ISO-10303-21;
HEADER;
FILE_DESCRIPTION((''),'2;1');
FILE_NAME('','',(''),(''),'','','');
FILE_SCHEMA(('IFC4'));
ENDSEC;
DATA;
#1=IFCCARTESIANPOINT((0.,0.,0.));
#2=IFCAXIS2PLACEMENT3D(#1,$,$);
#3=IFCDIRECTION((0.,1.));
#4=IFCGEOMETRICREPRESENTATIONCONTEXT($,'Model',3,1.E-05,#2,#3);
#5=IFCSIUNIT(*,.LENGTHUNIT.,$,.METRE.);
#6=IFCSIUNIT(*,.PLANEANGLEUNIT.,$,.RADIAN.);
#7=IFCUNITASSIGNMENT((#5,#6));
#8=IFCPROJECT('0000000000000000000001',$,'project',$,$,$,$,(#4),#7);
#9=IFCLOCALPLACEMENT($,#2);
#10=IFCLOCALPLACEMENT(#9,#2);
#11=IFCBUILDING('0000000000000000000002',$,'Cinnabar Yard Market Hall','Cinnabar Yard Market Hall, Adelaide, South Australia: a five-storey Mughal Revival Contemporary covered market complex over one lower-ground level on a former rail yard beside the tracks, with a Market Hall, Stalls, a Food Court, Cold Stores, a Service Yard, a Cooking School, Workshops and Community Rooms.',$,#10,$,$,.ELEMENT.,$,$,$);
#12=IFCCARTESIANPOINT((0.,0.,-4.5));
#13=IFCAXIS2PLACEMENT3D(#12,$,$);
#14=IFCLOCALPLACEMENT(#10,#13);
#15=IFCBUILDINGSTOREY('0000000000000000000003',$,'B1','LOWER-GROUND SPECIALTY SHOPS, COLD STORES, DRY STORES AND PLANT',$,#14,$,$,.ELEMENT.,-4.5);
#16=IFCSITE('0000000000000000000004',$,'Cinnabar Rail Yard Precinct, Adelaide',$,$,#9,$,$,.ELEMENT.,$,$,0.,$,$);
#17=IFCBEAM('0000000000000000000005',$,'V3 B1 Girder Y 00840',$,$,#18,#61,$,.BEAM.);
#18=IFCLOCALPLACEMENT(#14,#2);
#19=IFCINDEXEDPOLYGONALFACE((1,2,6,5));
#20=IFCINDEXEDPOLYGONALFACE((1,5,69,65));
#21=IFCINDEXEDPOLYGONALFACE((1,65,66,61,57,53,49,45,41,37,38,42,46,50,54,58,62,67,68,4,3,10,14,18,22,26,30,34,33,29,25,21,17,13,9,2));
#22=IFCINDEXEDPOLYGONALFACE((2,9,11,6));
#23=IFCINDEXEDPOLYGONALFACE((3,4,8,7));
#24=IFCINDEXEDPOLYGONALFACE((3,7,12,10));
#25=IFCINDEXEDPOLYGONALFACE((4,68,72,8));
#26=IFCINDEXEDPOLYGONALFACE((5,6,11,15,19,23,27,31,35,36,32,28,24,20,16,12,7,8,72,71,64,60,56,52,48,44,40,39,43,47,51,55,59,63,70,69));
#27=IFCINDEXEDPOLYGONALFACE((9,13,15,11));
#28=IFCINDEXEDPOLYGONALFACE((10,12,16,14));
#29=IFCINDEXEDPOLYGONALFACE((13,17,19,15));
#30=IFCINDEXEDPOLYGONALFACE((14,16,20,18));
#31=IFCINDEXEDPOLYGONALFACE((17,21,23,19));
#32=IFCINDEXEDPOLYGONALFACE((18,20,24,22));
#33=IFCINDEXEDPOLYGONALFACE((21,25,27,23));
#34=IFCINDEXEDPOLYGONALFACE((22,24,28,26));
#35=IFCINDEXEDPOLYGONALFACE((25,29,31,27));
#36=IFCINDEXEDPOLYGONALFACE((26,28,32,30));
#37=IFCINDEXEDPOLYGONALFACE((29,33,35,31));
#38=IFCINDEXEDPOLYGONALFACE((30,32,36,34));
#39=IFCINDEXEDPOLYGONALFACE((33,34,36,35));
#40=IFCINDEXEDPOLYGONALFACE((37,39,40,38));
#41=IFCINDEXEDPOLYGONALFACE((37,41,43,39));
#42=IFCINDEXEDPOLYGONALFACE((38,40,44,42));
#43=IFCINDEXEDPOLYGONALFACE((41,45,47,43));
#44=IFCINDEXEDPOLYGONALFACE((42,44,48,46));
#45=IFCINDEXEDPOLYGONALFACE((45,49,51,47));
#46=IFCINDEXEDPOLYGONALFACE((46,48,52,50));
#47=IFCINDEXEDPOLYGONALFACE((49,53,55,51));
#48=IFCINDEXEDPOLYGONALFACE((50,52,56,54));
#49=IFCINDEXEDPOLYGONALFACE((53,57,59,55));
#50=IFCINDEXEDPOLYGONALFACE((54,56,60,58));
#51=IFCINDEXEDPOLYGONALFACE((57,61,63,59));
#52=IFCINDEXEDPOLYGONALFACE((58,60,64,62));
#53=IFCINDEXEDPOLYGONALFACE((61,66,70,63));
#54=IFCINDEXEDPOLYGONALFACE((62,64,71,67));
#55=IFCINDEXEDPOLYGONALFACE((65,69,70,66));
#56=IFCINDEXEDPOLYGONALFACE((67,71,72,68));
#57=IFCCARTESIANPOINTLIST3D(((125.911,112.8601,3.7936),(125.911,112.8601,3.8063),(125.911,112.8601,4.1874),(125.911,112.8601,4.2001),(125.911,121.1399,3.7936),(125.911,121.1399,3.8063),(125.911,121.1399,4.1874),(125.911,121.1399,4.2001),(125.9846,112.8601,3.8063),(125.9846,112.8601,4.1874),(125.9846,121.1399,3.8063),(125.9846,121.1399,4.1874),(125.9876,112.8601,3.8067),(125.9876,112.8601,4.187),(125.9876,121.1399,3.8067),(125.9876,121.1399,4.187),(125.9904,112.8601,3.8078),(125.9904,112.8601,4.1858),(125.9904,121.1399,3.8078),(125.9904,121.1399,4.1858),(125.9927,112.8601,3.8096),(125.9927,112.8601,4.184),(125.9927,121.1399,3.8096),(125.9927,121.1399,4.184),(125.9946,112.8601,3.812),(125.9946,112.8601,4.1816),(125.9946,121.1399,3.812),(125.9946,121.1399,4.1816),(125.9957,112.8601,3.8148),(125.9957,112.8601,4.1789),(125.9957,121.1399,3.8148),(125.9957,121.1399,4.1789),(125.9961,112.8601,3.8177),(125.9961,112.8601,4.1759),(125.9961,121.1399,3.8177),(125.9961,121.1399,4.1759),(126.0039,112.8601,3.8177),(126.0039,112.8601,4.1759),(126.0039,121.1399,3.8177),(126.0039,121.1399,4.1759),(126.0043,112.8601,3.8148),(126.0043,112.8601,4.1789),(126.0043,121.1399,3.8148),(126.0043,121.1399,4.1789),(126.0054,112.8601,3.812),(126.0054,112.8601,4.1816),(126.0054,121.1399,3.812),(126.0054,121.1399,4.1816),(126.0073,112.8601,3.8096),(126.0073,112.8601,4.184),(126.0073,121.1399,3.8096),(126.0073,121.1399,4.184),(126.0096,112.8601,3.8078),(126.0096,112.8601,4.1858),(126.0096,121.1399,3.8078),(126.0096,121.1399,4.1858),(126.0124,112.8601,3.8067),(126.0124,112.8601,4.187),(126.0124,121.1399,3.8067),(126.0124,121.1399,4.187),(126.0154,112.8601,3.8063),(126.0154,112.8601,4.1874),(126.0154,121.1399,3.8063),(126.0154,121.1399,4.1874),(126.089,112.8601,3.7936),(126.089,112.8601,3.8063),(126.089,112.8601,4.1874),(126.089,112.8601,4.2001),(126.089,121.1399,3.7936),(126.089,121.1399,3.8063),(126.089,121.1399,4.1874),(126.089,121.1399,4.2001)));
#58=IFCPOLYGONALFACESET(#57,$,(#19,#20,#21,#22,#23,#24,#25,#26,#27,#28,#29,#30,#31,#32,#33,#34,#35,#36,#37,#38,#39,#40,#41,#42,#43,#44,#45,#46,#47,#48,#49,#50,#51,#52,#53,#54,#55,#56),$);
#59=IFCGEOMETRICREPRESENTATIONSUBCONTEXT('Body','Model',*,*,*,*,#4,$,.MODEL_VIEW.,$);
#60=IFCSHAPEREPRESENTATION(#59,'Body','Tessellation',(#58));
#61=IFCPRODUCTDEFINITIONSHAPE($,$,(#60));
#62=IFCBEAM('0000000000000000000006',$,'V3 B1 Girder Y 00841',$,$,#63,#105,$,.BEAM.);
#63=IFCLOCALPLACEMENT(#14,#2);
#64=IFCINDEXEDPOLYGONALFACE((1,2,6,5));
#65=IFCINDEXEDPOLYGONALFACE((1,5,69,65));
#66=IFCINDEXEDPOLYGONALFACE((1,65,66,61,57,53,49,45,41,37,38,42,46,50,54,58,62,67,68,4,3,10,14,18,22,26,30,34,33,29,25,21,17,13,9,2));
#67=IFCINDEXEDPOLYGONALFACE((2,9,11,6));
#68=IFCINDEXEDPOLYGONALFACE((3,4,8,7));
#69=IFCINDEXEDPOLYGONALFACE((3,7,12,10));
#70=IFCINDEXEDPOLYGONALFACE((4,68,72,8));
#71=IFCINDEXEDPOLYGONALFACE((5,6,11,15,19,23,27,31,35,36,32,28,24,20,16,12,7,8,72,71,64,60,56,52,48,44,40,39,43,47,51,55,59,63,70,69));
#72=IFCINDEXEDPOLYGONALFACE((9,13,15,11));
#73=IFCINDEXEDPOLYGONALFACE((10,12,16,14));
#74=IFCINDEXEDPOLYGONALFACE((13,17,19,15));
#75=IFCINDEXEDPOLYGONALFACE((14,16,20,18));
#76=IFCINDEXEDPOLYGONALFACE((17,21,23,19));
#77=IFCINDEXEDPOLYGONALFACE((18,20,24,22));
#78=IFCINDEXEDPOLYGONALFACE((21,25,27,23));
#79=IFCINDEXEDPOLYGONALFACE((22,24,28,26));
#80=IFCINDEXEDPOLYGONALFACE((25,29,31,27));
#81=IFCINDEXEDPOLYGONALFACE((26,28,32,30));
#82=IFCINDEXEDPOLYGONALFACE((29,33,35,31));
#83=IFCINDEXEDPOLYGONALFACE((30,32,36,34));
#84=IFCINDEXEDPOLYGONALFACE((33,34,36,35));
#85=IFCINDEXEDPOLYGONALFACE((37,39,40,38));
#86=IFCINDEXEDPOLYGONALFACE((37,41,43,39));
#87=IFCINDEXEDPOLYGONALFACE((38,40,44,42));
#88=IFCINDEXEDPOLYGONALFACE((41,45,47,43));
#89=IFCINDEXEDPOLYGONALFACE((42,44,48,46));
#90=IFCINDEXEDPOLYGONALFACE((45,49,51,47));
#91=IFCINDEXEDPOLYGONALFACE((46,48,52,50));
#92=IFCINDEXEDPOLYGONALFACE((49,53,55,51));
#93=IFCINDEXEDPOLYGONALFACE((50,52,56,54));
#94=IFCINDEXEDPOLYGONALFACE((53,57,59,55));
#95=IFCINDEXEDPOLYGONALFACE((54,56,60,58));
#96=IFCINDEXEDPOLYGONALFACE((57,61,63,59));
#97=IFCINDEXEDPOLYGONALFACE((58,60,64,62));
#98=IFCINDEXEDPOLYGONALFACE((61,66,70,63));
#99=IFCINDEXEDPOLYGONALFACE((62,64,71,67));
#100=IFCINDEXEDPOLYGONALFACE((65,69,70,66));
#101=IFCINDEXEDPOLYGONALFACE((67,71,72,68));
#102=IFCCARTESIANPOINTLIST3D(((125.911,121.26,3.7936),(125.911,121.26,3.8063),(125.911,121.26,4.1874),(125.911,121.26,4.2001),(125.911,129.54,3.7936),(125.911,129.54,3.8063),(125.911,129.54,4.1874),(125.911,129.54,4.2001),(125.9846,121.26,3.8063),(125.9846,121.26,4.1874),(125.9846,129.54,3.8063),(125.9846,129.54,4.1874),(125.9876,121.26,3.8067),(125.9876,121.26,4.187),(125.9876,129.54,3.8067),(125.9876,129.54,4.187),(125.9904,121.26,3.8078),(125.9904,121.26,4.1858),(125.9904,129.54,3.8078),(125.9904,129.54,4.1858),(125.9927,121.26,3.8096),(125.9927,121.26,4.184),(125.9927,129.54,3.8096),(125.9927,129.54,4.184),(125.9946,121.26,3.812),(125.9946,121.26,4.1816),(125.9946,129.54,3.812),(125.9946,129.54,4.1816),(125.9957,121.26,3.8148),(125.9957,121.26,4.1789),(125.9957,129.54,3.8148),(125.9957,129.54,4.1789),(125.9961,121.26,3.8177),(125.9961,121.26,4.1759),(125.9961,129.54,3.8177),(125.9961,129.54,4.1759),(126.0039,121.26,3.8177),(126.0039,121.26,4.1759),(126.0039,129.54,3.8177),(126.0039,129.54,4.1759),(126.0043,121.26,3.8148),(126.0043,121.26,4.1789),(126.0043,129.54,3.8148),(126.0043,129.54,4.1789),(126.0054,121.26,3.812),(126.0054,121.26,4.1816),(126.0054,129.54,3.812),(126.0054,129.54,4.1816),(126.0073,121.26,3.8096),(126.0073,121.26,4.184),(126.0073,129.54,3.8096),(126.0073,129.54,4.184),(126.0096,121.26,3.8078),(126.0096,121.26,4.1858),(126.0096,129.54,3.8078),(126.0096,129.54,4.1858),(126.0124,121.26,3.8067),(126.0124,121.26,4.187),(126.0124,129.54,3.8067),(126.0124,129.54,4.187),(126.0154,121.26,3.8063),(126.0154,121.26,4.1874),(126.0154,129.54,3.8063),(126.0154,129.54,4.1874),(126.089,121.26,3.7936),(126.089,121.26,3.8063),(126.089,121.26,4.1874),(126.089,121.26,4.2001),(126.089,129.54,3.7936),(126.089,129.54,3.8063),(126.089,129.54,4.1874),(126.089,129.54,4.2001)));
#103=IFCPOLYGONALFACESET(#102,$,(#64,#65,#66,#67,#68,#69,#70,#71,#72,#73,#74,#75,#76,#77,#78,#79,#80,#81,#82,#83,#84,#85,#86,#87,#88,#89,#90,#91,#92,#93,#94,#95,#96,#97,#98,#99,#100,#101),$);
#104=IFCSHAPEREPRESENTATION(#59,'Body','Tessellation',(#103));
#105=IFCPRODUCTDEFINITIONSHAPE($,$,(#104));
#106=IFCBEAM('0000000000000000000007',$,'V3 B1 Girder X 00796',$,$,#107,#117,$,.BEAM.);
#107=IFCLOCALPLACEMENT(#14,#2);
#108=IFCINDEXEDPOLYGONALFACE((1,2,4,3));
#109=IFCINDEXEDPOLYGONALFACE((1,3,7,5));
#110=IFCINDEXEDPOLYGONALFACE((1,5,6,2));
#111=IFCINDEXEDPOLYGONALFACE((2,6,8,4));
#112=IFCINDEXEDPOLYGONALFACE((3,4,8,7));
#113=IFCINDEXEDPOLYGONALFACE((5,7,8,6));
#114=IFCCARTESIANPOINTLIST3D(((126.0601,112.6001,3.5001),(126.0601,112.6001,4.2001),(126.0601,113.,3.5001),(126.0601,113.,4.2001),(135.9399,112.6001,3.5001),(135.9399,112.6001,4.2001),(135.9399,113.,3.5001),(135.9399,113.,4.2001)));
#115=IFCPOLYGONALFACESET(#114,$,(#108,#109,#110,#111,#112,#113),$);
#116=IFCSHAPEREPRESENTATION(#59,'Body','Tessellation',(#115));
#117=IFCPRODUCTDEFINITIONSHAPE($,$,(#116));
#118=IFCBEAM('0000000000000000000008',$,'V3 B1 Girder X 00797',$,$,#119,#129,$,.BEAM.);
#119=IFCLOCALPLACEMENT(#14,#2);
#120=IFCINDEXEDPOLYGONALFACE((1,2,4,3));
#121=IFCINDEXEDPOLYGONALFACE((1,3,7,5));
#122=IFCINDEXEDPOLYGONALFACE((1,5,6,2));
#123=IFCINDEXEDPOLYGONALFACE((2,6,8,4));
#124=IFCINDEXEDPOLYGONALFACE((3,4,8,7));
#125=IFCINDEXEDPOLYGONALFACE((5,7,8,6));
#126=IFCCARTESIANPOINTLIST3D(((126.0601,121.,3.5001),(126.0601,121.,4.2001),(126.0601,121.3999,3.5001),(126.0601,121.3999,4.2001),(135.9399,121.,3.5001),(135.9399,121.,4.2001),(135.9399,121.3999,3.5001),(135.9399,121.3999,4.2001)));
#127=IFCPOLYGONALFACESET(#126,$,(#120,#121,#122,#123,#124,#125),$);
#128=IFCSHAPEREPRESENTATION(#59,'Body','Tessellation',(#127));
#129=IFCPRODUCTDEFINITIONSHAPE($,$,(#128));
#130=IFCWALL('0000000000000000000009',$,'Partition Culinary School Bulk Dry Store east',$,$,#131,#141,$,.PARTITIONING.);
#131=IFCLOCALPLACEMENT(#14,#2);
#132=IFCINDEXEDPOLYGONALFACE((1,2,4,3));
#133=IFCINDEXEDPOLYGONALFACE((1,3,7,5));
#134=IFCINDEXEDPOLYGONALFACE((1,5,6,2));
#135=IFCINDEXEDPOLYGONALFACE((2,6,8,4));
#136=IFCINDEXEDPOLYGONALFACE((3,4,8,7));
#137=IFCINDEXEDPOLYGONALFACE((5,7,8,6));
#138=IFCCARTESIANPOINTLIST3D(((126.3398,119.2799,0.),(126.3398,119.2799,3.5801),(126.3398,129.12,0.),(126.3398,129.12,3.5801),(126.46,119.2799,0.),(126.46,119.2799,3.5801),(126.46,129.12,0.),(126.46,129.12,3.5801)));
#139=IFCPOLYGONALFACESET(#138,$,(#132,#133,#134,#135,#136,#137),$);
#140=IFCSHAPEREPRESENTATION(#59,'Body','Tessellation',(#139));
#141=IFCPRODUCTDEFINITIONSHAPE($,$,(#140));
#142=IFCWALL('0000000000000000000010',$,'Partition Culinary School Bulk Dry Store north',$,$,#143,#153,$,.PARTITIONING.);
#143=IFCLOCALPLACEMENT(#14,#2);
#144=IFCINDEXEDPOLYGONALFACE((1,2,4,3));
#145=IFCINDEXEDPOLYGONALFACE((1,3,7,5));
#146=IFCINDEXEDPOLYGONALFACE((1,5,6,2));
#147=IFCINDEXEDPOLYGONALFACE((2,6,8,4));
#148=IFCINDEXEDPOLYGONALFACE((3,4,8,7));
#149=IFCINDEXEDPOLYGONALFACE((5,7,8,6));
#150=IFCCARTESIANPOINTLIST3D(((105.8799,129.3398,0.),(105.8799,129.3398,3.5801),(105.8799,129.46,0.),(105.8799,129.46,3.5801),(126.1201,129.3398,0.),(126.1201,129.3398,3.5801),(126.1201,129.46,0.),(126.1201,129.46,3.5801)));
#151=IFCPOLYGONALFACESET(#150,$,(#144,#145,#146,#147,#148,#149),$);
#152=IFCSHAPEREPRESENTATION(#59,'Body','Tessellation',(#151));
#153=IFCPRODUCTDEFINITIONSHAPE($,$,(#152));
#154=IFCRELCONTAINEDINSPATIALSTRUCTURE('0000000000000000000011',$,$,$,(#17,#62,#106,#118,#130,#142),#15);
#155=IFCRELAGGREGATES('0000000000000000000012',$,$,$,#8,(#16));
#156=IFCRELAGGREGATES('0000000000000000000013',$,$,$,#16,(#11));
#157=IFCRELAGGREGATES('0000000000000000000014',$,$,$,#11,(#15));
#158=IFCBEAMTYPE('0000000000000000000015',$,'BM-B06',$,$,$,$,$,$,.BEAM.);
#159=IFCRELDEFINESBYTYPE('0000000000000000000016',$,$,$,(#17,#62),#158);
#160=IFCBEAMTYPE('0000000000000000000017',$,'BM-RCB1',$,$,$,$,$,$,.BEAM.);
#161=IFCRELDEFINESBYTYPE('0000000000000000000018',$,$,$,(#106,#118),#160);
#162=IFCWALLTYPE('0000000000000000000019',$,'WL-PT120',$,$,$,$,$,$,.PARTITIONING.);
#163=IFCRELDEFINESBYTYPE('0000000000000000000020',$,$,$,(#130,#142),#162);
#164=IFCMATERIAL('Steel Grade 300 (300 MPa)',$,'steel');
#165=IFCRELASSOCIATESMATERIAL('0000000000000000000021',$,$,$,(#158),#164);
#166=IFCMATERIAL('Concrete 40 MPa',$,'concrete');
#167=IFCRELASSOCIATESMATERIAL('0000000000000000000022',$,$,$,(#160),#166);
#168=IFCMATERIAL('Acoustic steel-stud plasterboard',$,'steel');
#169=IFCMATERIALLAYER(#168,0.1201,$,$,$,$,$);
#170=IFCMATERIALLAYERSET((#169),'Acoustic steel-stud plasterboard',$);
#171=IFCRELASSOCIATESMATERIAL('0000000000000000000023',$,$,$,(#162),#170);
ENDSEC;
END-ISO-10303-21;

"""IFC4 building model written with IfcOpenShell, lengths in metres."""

from ifc_helpers import new_model, si_unit, direction, frame, frame_2d, origin, origin_2d_with_axis, place, context, subcontext, project, spatial, rectangle, i_section, extrude, material, layer, layer_set, material_profile, profile_set, type_object, element, save


model = new_model("IFC4")

# Units and contexts
model_context = context("Model", 3, precision=1e-05, world=origin(), true_north=direction((0.0, 1.0)))
body_context = subcontext(model_context, "Body", "Model", "MODEL_VIEW")
ifc_project = project(units=[si_unit("LENGTHUNIT", "METRE"), si_unit("PLANEANGLEUNIT", "RADIAN")], contexts=[model_context])

# Site, building, storey
site_placement = place(None, origin())
site = spatial("IfcSite", under=ifc_project, at=site_placement, Name="Cinnabar Rail Yard Precinct, Adelaide", CompositionType="ELEMENT", RefElevation=0.0)
building_placement = place(site_placement, origin())
building = spatial("IfcBuilding", under=site, at=building_placement, Name="Cinnabar Yard Market Hall", Description="Cinnabar Yard Market Hall, Adelaide, South Australia: a five-storey Mughal Revival Contemporary covered market complex over one lower-ground level on a former rail yard beside the tracks, with a Market Hall, Stalls, a Food Court, Cold Stores, a Service Yard, a Cooking School, Workshops and Community Rooms.", CompositionType="ELEMENT")
storey_placement = place(building_placement, frame((0.0, 0.0, -4.5)))
storey = spatial("IfcBuildingStorey", under=building, at=storey_placement, Name="B1", Description="LOWER-GROUND SPECIALTY SHOPS, COLD STORES, DRY STORES AND PLANT", CompositionType="ELEMENT", Elevation=-4.5)

# Shared definitions
ifc_material_1 = material(Name="Concrete 40 MPa", Category="concrete")

# Shared definitions
ifc_material_2 = material(Name="Steel Grade 300 (300 MPa)", Category="steel")

# Beams
ifc_material_profile_1 = material_profile(ifc_material_2, i_section(OverallWidth=0.178, OverallDepth=0.4065, WebThickness=0.0078, FlangeThickness=0.0127, FilletRadius=0.0115, at=origin_2d_with_axis()), Name="410UB59.7")
ifc_profile_set_1 = profile_set([ifc_material_profile_1], Name="Steel Grade 300 (300 MPa)")
beam_type_1 = type_object("IfcBeamType", Name="BM-B06", PredefinedType="BEAM", material=ifc_profile_set_1)
beam_1_placement = place(storey_placement, frame((126.0, 112.8601, 3.9968), z_axis=(0.0, 1.0, 0.0), x_axis=(-1.0, 0.0, 0.0)))
element("IfcBeam", 1, at=beam_1_placement, inside=storey, type_object=beam_type_1, Name="V3 B1 Girder Y 00840", PredefinedType="BEAM", context=body_context, shape_type="SweptSolid", body=[
    extrude(i_section(OverallWidth=0.178, OverallDepth=0.4065, WebThickness=0.0078, FlangeThickness=0.0127, FilletRadius=0.0115, at=origin_2d_with_axis()), origin(), (0.0, 0.0, 1.0), 8.2798),
])
beam_2_placement = place(storey_placement, frame((126.0, 121.26, 3.9968), z_axis=(0.0, 1.0, 0.0), x_axis=(-1.0, 0.0, 0.0)))
element("IfcBeam", 2, at=beam_2_placement, inside=storey, type_object=beam_type_1, Name="V3 B1 Girder Y 00841", PredefinedType="BEAM", context=body_context, shape_type="SweptSolid", body=[
    extrude(i_section(OverallWidth=0.178, OverallDepth=0.4065, WebThickness=0.0078, FlangeThickness=0.0127, FilletRadius=0.0115, at=origin_2d_with_axis()), origin(), (0.0, 0.0, 1.0), 8.28),
])
ifc_material_profile_2 = material_profile(ifc_material_1, rectangle(XDim=0.3999, YDim=0.7, at=origin_2d_with_axis()), Name="RCB-400x700")
ifc_profile_set_2 = profile_set([ifc_material_profile_2], Name="Concrete 40 MPa")
beam_type_2 = type_object("IfcBeamType", Name="BM-RCB1", PredefinedType="BEAM", material=ifc_profile_set_2)
for number, where, z_axis, x_axis, name in (
    (3, (126.0601, 112.8, 3.8501), (1.0, 0.0, 0.0), (0.0, 1.0, 0.0), "V3 B1 Girder X 00796"),
    (4, (126.0601, 121.2, 3.8501), (1.0, 0.0, 0.0), (0.0, 1.0, 0.0), "V3 B1 Girder X 00797"),
):
    element("IfcBeam", number, at=place(storey_placement, frame(where, z_axis=z_axis, x_axis=x_axis)), inside=storey, type_object=beam_type_2, Name=name, PredefinedType="BEAM", context=body_context, shape_type="SweptSolid", body=[
        extrude(rectangle(XDim=0.3999, YDim=0.7, at=origin_2d_with_axis()), origin(), (0.0, 0.0, 1.0), 9.8799),
    ])

# Walls
ifc_material_3 = material(Name="Acoustic steel-stud plasterboard", Category="steel")
ifc_layer_1 = layer(ifc_material_3, 0.1201)
ifc_layer_set_1 = layer_set([ifc_layer_1], Name="Acoustic steel-stud plasterboard")
wall_type = type_object("IfcWallType", Name="WL-PT120", PredefinedType="PARTITIONING", material=ifc_layer_set_1)
wall_1_placement = place(storey_placement, frame((126.3999, 119.28, 0.0), z_axis=(0.0, 0.0, 1.0), x_axis=(0.0, 1.0, 0.0)))
element("IfcWall", 5, at=wall_1_placement, inside=storey, type_object=wall_type, Name="Partition Culinary School Bulk Dry Store east", PredefinedType="PARTITIONING", context=body_context, shape_type="SweptSolid", body=[
    extrude(rectangle(XDim=9.8401, YDim=0.1201, at=frame_2d((4.9199, 0.0), x_axis=(1.0, 0.0))), origin(), (0.0, 0.0, 1.0), 3.5801),
])
wall_2_placement = place(storey_placement, frame((126.1201, 129.3999, 0.0), z_axis=(0.0, 0.0, 1.0), x_axis=(-1.0, 0.0, 0.0)))
element("IfcWall", 6, at=wall_2_placement, inside=storey, type_object=wall_type, Name="Partition Culinary School Bulk Dry Store north", PredefinedType="PARTITIONING", context=body_context, shape_type="SweptSolid", body=[
    extrude(rectangle(XDim=20.2402, YDim=0.1201, at=frame_2d((10.1201, 0.0), x_axis=(1.0, 0.0))), origin(), (0.0, 0.0, 1.0), 3.5801),
])

save(model, "model.ifc")
